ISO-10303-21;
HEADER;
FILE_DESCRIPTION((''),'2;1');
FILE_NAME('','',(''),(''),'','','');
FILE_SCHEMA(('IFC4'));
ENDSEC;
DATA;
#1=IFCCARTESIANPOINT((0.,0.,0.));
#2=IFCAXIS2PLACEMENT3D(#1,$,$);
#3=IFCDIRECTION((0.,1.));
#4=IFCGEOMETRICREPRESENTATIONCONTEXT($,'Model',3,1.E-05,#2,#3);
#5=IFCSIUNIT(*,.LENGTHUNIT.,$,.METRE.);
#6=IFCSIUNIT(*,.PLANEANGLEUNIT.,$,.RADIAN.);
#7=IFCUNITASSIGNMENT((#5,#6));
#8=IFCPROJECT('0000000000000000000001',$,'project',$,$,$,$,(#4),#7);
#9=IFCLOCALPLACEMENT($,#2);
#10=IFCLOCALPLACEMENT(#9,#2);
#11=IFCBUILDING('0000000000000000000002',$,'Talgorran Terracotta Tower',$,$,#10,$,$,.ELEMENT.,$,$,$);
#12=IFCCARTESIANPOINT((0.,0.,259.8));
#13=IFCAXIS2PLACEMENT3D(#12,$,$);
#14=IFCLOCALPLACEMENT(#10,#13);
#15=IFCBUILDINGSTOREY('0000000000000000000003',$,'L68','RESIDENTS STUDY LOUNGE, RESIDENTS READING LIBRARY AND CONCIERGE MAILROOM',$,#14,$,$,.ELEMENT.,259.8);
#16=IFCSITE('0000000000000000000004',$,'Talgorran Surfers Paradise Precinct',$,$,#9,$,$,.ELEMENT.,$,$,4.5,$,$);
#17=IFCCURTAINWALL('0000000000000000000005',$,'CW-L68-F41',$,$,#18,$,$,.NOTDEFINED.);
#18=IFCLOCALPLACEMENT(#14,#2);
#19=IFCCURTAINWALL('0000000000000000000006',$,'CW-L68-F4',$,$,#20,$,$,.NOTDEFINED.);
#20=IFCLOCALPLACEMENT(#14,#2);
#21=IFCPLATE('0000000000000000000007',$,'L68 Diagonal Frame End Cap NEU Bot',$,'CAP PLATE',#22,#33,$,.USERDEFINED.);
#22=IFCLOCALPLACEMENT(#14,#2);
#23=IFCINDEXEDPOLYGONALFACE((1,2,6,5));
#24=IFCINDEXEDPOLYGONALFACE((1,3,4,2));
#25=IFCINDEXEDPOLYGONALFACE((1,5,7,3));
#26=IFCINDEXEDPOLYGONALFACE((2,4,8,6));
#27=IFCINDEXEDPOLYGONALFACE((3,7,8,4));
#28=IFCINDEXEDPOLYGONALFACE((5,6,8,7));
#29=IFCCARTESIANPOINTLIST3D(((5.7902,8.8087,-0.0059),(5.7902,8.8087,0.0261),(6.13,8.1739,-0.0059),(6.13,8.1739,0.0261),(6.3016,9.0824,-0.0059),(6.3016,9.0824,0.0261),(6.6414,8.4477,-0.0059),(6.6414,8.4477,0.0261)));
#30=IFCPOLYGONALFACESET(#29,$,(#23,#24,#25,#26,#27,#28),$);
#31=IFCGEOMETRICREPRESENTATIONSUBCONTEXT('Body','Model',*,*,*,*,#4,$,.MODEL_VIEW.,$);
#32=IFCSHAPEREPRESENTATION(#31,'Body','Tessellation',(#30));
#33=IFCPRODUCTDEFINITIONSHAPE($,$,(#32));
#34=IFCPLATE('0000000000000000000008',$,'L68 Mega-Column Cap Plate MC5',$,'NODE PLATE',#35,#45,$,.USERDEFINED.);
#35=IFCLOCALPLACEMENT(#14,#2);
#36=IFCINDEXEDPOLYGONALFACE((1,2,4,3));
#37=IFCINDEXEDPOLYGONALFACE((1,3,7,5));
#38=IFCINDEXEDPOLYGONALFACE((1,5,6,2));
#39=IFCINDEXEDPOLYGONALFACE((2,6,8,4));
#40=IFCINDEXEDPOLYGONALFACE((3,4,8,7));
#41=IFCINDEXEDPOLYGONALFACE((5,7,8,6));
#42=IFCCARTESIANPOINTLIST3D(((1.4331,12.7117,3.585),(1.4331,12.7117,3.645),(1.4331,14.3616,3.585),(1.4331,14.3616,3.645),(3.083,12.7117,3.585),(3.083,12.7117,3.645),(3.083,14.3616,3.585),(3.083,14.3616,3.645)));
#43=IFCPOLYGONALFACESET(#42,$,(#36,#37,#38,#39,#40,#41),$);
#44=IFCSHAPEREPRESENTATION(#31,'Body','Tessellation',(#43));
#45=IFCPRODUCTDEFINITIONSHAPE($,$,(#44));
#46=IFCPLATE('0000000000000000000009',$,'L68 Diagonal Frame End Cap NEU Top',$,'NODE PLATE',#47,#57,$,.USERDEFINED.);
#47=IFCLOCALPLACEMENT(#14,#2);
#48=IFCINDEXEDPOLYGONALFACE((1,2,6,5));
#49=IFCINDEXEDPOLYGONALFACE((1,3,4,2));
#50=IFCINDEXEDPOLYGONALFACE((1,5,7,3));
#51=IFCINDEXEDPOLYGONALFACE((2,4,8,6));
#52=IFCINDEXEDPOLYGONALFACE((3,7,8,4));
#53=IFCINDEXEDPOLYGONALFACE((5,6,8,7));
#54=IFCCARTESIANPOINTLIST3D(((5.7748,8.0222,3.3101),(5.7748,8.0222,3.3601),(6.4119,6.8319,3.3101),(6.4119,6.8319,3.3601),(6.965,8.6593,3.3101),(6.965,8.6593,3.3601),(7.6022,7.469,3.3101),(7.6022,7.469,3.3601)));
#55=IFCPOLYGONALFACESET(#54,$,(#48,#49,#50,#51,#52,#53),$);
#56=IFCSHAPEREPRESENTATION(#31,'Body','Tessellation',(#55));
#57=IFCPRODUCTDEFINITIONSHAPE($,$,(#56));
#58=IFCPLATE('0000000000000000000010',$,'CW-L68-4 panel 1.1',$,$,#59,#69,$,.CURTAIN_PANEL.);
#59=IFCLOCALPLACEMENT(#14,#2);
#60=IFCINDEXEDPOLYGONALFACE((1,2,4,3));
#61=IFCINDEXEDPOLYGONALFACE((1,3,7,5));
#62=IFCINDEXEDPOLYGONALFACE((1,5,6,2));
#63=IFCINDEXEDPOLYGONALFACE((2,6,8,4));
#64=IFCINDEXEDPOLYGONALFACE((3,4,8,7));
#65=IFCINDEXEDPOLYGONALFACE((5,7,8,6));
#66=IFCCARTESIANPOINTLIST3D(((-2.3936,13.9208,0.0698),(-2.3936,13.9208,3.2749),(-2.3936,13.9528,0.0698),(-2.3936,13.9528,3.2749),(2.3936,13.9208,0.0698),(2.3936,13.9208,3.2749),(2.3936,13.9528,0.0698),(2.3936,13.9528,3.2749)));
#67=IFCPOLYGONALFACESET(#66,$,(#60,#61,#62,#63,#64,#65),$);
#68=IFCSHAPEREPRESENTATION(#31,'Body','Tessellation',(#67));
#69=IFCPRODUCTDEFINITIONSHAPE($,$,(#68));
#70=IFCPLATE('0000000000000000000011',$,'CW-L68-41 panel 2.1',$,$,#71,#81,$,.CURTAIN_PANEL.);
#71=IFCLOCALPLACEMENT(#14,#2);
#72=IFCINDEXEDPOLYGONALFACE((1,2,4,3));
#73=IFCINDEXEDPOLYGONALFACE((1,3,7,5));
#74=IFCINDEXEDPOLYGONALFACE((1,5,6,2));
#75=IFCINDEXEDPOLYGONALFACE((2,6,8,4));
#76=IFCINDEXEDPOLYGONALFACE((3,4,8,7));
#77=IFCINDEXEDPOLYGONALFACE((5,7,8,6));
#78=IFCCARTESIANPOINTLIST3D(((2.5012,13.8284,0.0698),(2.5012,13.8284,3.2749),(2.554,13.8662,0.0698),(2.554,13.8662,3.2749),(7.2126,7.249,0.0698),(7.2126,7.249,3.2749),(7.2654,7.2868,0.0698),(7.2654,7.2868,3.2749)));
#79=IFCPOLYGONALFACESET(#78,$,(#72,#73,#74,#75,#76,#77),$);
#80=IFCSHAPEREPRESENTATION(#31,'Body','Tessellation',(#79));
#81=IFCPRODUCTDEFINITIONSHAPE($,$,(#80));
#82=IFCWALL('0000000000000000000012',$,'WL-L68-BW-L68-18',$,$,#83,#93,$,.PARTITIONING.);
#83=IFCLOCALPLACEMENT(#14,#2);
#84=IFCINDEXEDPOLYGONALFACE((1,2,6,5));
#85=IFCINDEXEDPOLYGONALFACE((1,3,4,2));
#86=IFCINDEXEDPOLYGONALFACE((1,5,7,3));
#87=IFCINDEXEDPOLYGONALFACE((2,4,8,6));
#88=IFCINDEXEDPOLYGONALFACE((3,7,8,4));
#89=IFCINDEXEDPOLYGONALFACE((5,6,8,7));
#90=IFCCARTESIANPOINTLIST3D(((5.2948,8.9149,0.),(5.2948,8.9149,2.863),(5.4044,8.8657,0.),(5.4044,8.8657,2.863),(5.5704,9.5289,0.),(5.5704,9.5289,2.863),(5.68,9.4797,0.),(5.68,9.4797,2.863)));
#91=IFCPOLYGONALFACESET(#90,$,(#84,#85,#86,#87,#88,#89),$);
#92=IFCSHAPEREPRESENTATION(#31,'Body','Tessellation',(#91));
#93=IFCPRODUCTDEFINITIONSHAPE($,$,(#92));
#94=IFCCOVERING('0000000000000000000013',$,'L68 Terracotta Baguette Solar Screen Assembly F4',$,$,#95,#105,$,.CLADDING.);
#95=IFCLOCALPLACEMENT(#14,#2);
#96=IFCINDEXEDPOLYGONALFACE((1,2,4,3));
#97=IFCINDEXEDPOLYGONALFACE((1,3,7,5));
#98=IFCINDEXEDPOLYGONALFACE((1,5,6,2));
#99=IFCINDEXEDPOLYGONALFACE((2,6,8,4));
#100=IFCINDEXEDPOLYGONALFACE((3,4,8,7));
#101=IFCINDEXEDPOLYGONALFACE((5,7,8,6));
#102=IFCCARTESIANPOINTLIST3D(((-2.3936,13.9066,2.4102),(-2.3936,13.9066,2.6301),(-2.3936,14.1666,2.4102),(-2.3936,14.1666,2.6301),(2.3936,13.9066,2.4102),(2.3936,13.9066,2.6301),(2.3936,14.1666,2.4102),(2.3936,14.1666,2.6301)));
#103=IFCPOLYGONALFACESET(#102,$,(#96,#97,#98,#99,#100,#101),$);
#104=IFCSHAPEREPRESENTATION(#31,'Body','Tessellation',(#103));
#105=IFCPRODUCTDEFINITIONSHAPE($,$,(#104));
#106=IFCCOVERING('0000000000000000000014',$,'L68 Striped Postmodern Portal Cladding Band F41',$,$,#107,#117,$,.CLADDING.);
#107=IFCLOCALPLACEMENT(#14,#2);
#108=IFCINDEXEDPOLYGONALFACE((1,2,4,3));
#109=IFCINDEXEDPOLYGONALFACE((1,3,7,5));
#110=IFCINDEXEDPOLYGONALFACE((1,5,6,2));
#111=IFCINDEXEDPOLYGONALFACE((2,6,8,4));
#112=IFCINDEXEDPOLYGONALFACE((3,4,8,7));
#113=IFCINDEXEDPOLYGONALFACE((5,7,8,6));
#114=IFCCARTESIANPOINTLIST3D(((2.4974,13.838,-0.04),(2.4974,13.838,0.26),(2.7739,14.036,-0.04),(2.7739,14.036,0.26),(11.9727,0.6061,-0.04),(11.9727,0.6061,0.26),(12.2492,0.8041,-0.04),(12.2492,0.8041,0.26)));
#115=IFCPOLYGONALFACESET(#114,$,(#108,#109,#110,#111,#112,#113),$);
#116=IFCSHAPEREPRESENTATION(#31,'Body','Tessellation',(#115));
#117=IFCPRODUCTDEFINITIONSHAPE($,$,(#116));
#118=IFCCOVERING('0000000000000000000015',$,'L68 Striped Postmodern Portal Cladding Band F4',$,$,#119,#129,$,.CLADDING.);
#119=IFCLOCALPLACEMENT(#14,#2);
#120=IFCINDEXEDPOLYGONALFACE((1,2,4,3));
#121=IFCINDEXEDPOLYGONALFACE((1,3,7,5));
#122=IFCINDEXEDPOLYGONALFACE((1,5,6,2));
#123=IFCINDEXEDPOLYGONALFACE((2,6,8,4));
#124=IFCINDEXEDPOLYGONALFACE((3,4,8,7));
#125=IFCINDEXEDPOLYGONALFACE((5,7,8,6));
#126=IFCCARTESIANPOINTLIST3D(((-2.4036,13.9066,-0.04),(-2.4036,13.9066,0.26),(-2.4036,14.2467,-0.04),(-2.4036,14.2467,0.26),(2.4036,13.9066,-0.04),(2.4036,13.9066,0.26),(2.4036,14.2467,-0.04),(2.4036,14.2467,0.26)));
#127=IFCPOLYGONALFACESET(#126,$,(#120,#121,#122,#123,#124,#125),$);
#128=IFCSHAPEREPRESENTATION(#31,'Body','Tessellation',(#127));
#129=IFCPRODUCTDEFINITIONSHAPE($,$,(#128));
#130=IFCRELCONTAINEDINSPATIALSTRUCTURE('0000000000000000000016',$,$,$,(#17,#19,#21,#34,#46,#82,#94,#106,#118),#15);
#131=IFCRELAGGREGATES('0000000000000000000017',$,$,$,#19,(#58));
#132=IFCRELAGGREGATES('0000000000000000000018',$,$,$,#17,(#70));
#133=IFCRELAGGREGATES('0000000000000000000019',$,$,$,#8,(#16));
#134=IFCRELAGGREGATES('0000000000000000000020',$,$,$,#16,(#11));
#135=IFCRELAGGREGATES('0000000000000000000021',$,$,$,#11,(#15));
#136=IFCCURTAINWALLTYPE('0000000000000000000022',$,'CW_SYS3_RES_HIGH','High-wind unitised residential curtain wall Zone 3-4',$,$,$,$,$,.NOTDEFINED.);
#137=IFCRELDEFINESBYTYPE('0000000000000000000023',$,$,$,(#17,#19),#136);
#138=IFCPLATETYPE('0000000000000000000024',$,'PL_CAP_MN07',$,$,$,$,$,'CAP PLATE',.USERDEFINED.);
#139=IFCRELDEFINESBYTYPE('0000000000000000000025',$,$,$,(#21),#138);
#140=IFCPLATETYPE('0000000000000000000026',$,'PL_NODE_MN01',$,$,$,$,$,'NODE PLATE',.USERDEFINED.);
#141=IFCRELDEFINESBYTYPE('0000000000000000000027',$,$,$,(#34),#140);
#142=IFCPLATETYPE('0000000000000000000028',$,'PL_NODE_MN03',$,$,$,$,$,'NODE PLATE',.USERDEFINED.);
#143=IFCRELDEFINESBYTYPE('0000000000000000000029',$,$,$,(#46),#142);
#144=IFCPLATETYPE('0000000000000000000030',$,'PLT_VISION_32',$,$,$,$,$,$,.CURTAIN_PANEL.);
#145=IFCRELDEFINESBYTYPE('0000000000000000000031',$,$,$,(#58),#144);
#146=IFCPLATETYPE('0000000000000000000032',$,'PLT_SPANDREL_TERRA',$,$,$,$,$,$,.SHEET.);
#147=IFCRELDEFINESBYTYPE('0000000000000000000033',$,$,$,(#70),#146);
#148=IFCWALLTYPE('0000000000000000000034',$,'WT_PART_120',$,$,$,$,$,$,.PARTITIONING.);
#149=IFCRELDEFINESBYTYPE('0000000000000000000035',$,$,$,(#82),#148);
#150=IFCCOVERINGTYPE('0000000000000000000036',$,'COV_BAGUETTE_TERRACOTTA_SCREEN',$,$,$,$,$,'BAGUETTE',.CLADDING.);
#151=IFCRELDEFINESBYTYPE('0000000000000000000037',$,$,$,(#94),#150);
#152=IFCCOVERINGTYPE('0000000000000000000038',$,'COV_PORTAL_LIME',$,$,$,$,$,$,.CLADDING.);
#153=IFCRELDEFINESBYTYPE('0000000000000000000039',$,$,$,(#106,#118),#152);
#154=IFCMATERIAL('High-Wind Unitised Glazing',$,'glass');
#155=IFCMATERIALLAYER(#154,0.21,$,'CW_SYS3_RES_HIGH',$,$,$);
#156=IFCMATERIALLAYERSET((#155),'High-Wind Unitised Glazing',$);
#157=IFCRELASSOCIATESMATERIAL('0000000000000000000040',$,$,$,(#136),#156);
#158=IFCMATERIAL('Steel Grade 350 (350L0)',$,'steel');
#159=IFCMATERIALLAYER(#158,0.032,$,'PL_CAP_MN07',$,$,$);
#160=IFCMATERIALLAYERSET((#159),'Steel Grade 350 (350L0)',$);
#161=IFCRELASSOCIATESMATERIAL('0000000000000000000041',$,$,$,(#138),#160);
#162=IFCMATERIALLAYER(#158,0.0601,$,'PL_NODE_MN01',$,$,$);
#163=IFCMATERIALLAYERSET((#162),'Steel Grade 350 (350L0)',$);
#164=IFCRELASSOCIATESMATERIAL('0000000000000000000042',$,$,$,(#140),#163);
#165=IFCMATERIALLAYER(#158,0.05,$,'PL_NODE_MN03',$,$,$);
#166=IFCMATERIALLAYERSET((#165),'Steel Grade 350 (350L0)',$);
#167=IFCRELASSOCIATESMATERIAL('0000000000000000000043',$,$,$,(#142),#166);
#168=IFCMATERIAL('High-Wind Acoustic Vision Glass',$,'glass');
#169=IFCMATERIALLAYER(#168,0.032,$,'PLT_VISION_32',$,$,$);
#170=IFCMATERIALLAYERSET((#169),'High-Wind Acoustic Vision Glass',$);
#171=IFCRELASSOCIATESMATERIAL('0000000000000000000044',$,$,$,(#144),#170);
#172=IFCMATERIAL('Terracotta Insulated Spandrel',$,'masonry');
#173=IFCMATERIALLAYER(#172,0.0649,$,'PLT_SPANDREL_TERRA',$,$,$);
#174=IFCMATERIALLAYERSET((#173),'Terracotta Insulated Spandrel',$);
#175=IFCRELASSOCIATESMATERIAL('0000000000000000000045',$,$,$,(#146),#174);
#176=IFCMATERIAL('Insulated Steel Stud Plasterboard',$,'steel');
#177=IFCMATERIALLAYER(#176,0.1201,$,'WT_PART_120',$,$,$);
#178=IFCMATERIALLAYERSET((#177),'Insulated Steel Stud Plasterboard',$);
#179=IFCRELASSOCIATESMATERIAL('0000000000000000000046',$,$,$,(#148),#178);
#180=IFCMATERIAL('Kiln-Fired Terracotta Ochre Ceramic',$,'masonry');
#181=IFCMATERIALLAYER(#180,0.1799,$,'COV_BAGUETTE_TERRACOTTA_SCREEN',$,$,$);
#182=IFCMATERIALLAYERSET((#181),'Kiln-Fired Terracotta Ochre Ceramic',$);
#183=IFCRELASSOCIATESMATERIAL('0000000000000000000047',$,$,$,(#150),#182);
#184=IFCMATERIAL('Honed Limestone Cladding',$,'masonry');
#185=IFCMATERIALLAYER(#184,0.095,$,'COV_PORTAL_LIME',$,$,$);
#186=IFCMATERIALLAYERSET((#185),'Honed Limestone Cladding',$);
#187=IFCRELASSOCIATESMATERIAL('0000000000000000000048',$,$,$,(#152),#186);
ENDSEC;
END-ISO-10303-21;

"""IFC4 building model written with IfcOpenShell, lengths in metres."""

from ifc_helpers import new_model, si_unit, direction, frame, frame_2d, origin, origin_2d, place, context, subcontext, project, spatial, rectangle, extrude, source, transform, mapped, material, layer, layer_set, type_object, type_shapes, element, aggregate, save


model = new_model("IFC4")

# Units and contexts
model_context = context("Model", 3, precision=1e-05, world=origin(), true_north=direction((0.0, 1.0)))
body_context = subcontext(model_context, "Body", "Model", "MODEL_VIEW")
ifc_project = project(units=[si_unit("LENGTHUNIT", "METRE"), si_unit("PLANEANGLEUNIT", "RADIAN")], contexts=[model_context])

# Site, building, storey
site_placement = place(None, origin())
site = spatial("IfcSite", under=ifc_project, at=site_placement, Name="Talgorran Surfers Paradise Precinct", CompositionType="ELEMENT", RefElevation=4.5)
building_placement = place(site_placement, origin())
building = spatial("IfcBuilding", under=site, at=building_placement, Name="Talgorran Terracotta Tower", CompositionType="ELEMENT")
storey_placement = place(building_placement, frame((0.0, 0.0, 259.8)))
storey = spatial("IfcBuildingStorey", under=building, at=storey_placement, Name="L68", Description="RESIDENTS STUDY LOUNGE, RESIDENTS READING LIBRARY AND CONCIERGE MAILROOM", CompositionType="ELEMENT", Elevation=259.8)

# Shared definitions
ifc_material_1 = material(Name="Steel Grade 350 (350L0)", Category="steel")

# Curtain wall
ifc_material_2 = material(Name="High-Wind Unitised Glazing", Category="glass")
ifc_layer_1 = layer(ifc_material_2, 0.21, Name="CW_SYS3_RES_HIGH")
ifc_layer_set_1 = layer_set([ifc_layer_1], Name="High-Wind Unitised Glazing")
curtain_wall_type = type_object("IfcCurtainWallType", Name="CW_SYS3_RES_HIGH", Description="High-wind unitised residential curtain wall Zone 3-4", PredefinedType="NOTDEFINED", material=ifc_layer_set_1)
curtain_wall_1_placement = place(storey_placement, origin())
curtain_wall_1 = element("IfcCurtainWall", 1, at=curtain_wall_1_placement, inside=storey, type_object=curtain_wall_type, Name="CW-L68-F41", PredefinedType="NOTDEFINED")

# Curtain wall
curtain_wall_2_placement = place(storey_placement, origin())
curtain_wall_2 = element("IfcCurtainWall", 2, at=curtain_wall_2_placement, inside=storey, type_object=curtain_wall_type, Name="CW-L68-F4", PredefinedType="NOTDEFINED")

# Plates
ifc_layer_2 = layer(ifc_material_1, 0.032, Name="PL_CAP_MN07")
ifc_layer_set_2 = layer_set([ifc_layer_2], Name="Steel Grade 350 (350L0)")
plate_type_1 = type_object("IfcPlateType", Name="PL_CAP_MN07", ElementType="CAP PLATE", PredefinedType="USERDEFINED", material=ifc_layer_set_2)
plate_1_placement = place(storey_placement, frame((6.2158, 8.6282, -0.0059), z_axis=(0.0, 0.0, 1.0), x_axis=(0.471935, -0.881633, 0.0)))
element("IfcPlate", 3, at=plate_1_placement, inside=storey, type_object=plate_type_1, Name="L68 Diagonal Frame End Cap NEU Bot", ObjectType="CAP PLATE", PredefinedType="USERDEFINED", context=body_context, shape_type="SweptSolid", body=[
    extrude(rectangle(XDim=0.72, YDim=0.5801, at=origin_2d()), origin(), (0.0, 0.0, 1.0), 0.032),
])
ifc_layer_3 = layer(ifc_material_1, 0.0601, Name="PL_NODE_MN01")
ifc_layer_set_3 = layer_set([ifc_layer_3], Name="Steel Grade 350 (350L0)")
plate_type_2 = type_object("IfcPlateType", Name="PL_NODE_MN01", ElementType="NODE PLATE", PredefinedType="USERDEFINED", material=ifc_layer_set_3)
plate_2_placement = place(storey_placement, frame((2.2581, 13.5366, 3.585), z_axis=(0.0, 0.0, 1.0), x_axis=(1.0, 0.0, 0.0)))
element("IfcPlate", 4, at=plate_2_placement, inside=storey, type_object=plate_type_2, Name="L68 Mega-Column Cap Plate MC5", ObjectType="NODE PLATE", PredefinedType="USERDEFINED", context=body_context, shape_type="SweptSolid", body=[
    extrude(rectangle(XDim=1.6499, YDim=1.6499, at=origin_2d()), origin(), (0.0, 0.0, 1.0), 0.0601),
])
ifc_layer_4 = layer(ifc_material_1, 0.05, Name="PL_NODE_MN03")
ifc_layer_set_4 = layer_set([ifc_layer_4], Name="Steel Grade 350 (350L0)")
plate_type_3 = type_object("IfcPlateType", Name="PL_NODE_MN03", ElementType="NODE PLATE", PredefinedType="USERDEFINED", material=ifc_layer_set_4)
plate_3_placement = place(storey_placement, frame((6.6885, 7.7456, 3.3101), z_axis=(0.0, 0.0, 1.0), x_axis=(0.471935, -0.881633, 0.0)))
element("IfcPlate", 5, at=plate_3_placement, inside=storey, type_object=plate_type_3, Name="L68 Diagonal Frame End Cap NEU Top", ObjectType="NODE PLATE", PredefinedType="USERDEFINED", context=body_context, shape_type="SweptSolid", body=[
    extrude(rectangle(XDim=1.3501, YDim=1.3501, at=origin_2d()), origin(), (0.0, 0.0, 1.0), 0.05),
])

# Plates
ifc_material_3 = material(Name="High-Wind Acoustic Vision Glass", Category="glass")
ifc_layer_5 = layer(ifc_material_3, 0.032, Name="PLT_VISION_32")
ifc_layer_set_5 = layer_set([ifc_layer_5], Name="High-Wind Acoustic Vision Glass")
plate_type_4 = type_object("IfcPlateType", Name="PLT_VISION_32", PredefinedType="CURTAIN_PANEL", material=ifc_layer_set_5)
shared_shape_1 = source(origin(), body_context, "Body", "SweptSolid", [
    extrude(rectangle(XDim=4.7871, YDim=0.032, at=origin_2d()), origin(), (0.0, 0.0, 1.0), 3.2051),
])
type_shapes(plate_type_4, [shared_shape_1])
plate_4_placement = place(storey_placement, frame((0.0, 13.9368, 0.0698), z_axis=(0.0, 0.0, 1.0), x_axis=(-1.0, 0.0, 0.0)))
plate_4 = element("IfcPlate", 6, at=plate_4_placement, type_object=plate_type_4, Name="CW-L68-4 panel 1.1", PredefinedType="CURTAIN_PANEL", context=body_context, shape_type="MappedRepresentation", body=[
    mapped(shared_shape_1, transform((0.0, 0.0, 0.0), scale=1.0)),
])
aggregate(curtain_wall_2, [plate_4])
ifc_material_4 = material(Name="Terracotta Insulated Spandrel", Category="masonry")
ifc_layer_6 = layer(ifc_material_4, 0.0649, Name="PLT_SPANDREL_TERRA")
ifc_layer_set_6 = layer_set([ifc_layer_6], Name="Terracotta Insulated Spandrel")
plate_type_5 = type_object("IfcPlateType", Name="PLT_SPANDREL_TERRA", PredefinedType="SHEET", material=ifc_layer_set_6)
shared_shape_2 = source(origin(), body_context, "Body", "SweptSolid", [
    extrude(rectangle(XDim=8.0923, YDim=0.0649, at=origin_2d()), origin(), (0.0, 0.0, 1.0), 3.2051),
])
type_shapes(plate_type_5, [shared_shape_2])
plate_5_placement = place(storey_placement, frame((4.8833, 10.5576, 0.0698), z_axis=(0.0, 0.0, 1.0), x_axis=(-0.582204, 0.813043, 0.0)))
plate_5 = element("IfcPlate", 7, at=plate_5_placement, type_object=plate_type_5, Name="CW-L68-41 panel 2.1", PredefinedType="CURTAIN_PANEL", context=body_context, shape_type="MappedRepresentation", body=[
    mapped(shared_shape_2, transform((0.0, 0.0, 0.0), scale=1.0)),
])
aggregate(curtain_wall_1, [plate_5])

# Wall
ifc_material_5 = material(Name="Insulated Steel Stud Plasterboard", Category="steel")
ifc_layer_7 = layer(ifc_material_5, 0.1201, Name="WT_PART_120")
ifc_layer_set_7 = layer_set([ifc_layer_7], Name="Insulated Steel Stud Plasterboard")
wall_type = type_object("IfcWallType", Name="WT_PART_120", PredefinedType="PARTITIONING", material=ifc_layer_set_7)
wall_placement = place(storey_placement, frame((5.3496, 8.8904, 0.0), z_axis=(0.0, 0.0, 1.0), x_axis=(0.409535, 0.912294, 0.0)))
element("IfcWall", 8, at=wall_placement, inside=storey, type_object=wall_type, Name="WL-L68-BW-L68-18", PredefinedType="PARTITIONING", context=body_context, shape_type="SweptSolid", body=[
    extrude(rectangle(XDim=0.6731, YDim=0.1201, at=frame_2d((0.3364, 0.0))), origin(), (0.0, 0.0, 1.0), 2.863),
])

# Coverings
ifc_material_6 = material(Name="Kiln-Fired Terracotta Ochre Ceramic", Category="masonry")
ifc_layer_8 = layer(ifc_material_6, 0.1799, Name="COV_BAGUETTE_TERRACOTTA_SCREEN")
ifc_layer_set_8 = layer_set([ifc_layer_8], Name="Kiln-Fired Terracotta Ochre Ceramic")
covering_type_1 = type_object("IfcCoveringType", Name="COV_BAGUETTE_TERRACOTTA_SCREEN", ElementType="BAGUETTE", PredefinedType="CLADDING", material=ifc_layer_set_8)
covering_1_placement = place(storey_placement, frame((0.0, 14.0366, 2.4102), z_axis=(0.0, 0.0, 1.0), x_axis=(-1.0, 0.0, 0.0)))
element("IfcCovering", 9, at=covering_1_placement, inside=storey, type_object=covering_type_1, Name="L68 Terracotta Baguette Solar Screen Assembly F4", PredefinedType="CLADDING", context=body_context, shape_type="SweptSolid", body=[
    extrude(rectangle(XDim=4.7871, YDim=0.26, at=origin_2d()), origin(), (0.0, 0.0, 1.0), 0.22),
])
ifc_material_7 = material(Name="Honed Limestone Cladding", Category="masonry")
ifc_layer_9 = layer(ifc_material_7, 0.095, Name="COV_PORTAL_LIME")
ifc_layer_set_9 = layer_set([ifc_layer_9], Name="Honed Limestone Cladding")
covering_type_2 = type_object("IfcCoveringType", Name="COV_PORTAL_LIME", PredefinedType="CLADDING", material=ifc_layer_set_9)
covering_2_placement = place(storey_placement, frame((7.3733, 7.321, -0.04), z_axis=(0.0, 0.0, 1.0), x_axis=(-0.582208, 0.81304, 0.0)))
element("IfcCovering", 10, at=covering_2_placement, inside=storey, type_object=covering_type_2, Name="L68 Striped Postmodern Portal Cladding Band F41", PredefinedType="CLADDING", context=body_context, shape_type="SweptSolid", body=[
    extrude(rectangle(XDim=16.2747, YDim=0.3401, at=origin_2d()), origin(), (0.0, 0.0, 1.0), 0.3),
])
covering_3_placement = place(storey_placement, frame((0.0, 14.0767, -0.04), z_axis=(0.0, 0.0, 1.0), x_axis=(-1.0, 0.0, 0.0)))
element("IfcCovering", 11, at=covering_3_placement, inside=storey, type_object=covering_type_2, Name="L68 Striped Postmodern Portal Cladding Band F4", PredefinedType="CLADDING", context=body_context, shape_type="SweptSolid", body=[
    extrude(rectangle(XDim=4.8071, YDim=0.3401, at=origin_2d()), origin(), (0.0, 0.0, 1.0), 0.3),
])

save(model, "model.ifc")
